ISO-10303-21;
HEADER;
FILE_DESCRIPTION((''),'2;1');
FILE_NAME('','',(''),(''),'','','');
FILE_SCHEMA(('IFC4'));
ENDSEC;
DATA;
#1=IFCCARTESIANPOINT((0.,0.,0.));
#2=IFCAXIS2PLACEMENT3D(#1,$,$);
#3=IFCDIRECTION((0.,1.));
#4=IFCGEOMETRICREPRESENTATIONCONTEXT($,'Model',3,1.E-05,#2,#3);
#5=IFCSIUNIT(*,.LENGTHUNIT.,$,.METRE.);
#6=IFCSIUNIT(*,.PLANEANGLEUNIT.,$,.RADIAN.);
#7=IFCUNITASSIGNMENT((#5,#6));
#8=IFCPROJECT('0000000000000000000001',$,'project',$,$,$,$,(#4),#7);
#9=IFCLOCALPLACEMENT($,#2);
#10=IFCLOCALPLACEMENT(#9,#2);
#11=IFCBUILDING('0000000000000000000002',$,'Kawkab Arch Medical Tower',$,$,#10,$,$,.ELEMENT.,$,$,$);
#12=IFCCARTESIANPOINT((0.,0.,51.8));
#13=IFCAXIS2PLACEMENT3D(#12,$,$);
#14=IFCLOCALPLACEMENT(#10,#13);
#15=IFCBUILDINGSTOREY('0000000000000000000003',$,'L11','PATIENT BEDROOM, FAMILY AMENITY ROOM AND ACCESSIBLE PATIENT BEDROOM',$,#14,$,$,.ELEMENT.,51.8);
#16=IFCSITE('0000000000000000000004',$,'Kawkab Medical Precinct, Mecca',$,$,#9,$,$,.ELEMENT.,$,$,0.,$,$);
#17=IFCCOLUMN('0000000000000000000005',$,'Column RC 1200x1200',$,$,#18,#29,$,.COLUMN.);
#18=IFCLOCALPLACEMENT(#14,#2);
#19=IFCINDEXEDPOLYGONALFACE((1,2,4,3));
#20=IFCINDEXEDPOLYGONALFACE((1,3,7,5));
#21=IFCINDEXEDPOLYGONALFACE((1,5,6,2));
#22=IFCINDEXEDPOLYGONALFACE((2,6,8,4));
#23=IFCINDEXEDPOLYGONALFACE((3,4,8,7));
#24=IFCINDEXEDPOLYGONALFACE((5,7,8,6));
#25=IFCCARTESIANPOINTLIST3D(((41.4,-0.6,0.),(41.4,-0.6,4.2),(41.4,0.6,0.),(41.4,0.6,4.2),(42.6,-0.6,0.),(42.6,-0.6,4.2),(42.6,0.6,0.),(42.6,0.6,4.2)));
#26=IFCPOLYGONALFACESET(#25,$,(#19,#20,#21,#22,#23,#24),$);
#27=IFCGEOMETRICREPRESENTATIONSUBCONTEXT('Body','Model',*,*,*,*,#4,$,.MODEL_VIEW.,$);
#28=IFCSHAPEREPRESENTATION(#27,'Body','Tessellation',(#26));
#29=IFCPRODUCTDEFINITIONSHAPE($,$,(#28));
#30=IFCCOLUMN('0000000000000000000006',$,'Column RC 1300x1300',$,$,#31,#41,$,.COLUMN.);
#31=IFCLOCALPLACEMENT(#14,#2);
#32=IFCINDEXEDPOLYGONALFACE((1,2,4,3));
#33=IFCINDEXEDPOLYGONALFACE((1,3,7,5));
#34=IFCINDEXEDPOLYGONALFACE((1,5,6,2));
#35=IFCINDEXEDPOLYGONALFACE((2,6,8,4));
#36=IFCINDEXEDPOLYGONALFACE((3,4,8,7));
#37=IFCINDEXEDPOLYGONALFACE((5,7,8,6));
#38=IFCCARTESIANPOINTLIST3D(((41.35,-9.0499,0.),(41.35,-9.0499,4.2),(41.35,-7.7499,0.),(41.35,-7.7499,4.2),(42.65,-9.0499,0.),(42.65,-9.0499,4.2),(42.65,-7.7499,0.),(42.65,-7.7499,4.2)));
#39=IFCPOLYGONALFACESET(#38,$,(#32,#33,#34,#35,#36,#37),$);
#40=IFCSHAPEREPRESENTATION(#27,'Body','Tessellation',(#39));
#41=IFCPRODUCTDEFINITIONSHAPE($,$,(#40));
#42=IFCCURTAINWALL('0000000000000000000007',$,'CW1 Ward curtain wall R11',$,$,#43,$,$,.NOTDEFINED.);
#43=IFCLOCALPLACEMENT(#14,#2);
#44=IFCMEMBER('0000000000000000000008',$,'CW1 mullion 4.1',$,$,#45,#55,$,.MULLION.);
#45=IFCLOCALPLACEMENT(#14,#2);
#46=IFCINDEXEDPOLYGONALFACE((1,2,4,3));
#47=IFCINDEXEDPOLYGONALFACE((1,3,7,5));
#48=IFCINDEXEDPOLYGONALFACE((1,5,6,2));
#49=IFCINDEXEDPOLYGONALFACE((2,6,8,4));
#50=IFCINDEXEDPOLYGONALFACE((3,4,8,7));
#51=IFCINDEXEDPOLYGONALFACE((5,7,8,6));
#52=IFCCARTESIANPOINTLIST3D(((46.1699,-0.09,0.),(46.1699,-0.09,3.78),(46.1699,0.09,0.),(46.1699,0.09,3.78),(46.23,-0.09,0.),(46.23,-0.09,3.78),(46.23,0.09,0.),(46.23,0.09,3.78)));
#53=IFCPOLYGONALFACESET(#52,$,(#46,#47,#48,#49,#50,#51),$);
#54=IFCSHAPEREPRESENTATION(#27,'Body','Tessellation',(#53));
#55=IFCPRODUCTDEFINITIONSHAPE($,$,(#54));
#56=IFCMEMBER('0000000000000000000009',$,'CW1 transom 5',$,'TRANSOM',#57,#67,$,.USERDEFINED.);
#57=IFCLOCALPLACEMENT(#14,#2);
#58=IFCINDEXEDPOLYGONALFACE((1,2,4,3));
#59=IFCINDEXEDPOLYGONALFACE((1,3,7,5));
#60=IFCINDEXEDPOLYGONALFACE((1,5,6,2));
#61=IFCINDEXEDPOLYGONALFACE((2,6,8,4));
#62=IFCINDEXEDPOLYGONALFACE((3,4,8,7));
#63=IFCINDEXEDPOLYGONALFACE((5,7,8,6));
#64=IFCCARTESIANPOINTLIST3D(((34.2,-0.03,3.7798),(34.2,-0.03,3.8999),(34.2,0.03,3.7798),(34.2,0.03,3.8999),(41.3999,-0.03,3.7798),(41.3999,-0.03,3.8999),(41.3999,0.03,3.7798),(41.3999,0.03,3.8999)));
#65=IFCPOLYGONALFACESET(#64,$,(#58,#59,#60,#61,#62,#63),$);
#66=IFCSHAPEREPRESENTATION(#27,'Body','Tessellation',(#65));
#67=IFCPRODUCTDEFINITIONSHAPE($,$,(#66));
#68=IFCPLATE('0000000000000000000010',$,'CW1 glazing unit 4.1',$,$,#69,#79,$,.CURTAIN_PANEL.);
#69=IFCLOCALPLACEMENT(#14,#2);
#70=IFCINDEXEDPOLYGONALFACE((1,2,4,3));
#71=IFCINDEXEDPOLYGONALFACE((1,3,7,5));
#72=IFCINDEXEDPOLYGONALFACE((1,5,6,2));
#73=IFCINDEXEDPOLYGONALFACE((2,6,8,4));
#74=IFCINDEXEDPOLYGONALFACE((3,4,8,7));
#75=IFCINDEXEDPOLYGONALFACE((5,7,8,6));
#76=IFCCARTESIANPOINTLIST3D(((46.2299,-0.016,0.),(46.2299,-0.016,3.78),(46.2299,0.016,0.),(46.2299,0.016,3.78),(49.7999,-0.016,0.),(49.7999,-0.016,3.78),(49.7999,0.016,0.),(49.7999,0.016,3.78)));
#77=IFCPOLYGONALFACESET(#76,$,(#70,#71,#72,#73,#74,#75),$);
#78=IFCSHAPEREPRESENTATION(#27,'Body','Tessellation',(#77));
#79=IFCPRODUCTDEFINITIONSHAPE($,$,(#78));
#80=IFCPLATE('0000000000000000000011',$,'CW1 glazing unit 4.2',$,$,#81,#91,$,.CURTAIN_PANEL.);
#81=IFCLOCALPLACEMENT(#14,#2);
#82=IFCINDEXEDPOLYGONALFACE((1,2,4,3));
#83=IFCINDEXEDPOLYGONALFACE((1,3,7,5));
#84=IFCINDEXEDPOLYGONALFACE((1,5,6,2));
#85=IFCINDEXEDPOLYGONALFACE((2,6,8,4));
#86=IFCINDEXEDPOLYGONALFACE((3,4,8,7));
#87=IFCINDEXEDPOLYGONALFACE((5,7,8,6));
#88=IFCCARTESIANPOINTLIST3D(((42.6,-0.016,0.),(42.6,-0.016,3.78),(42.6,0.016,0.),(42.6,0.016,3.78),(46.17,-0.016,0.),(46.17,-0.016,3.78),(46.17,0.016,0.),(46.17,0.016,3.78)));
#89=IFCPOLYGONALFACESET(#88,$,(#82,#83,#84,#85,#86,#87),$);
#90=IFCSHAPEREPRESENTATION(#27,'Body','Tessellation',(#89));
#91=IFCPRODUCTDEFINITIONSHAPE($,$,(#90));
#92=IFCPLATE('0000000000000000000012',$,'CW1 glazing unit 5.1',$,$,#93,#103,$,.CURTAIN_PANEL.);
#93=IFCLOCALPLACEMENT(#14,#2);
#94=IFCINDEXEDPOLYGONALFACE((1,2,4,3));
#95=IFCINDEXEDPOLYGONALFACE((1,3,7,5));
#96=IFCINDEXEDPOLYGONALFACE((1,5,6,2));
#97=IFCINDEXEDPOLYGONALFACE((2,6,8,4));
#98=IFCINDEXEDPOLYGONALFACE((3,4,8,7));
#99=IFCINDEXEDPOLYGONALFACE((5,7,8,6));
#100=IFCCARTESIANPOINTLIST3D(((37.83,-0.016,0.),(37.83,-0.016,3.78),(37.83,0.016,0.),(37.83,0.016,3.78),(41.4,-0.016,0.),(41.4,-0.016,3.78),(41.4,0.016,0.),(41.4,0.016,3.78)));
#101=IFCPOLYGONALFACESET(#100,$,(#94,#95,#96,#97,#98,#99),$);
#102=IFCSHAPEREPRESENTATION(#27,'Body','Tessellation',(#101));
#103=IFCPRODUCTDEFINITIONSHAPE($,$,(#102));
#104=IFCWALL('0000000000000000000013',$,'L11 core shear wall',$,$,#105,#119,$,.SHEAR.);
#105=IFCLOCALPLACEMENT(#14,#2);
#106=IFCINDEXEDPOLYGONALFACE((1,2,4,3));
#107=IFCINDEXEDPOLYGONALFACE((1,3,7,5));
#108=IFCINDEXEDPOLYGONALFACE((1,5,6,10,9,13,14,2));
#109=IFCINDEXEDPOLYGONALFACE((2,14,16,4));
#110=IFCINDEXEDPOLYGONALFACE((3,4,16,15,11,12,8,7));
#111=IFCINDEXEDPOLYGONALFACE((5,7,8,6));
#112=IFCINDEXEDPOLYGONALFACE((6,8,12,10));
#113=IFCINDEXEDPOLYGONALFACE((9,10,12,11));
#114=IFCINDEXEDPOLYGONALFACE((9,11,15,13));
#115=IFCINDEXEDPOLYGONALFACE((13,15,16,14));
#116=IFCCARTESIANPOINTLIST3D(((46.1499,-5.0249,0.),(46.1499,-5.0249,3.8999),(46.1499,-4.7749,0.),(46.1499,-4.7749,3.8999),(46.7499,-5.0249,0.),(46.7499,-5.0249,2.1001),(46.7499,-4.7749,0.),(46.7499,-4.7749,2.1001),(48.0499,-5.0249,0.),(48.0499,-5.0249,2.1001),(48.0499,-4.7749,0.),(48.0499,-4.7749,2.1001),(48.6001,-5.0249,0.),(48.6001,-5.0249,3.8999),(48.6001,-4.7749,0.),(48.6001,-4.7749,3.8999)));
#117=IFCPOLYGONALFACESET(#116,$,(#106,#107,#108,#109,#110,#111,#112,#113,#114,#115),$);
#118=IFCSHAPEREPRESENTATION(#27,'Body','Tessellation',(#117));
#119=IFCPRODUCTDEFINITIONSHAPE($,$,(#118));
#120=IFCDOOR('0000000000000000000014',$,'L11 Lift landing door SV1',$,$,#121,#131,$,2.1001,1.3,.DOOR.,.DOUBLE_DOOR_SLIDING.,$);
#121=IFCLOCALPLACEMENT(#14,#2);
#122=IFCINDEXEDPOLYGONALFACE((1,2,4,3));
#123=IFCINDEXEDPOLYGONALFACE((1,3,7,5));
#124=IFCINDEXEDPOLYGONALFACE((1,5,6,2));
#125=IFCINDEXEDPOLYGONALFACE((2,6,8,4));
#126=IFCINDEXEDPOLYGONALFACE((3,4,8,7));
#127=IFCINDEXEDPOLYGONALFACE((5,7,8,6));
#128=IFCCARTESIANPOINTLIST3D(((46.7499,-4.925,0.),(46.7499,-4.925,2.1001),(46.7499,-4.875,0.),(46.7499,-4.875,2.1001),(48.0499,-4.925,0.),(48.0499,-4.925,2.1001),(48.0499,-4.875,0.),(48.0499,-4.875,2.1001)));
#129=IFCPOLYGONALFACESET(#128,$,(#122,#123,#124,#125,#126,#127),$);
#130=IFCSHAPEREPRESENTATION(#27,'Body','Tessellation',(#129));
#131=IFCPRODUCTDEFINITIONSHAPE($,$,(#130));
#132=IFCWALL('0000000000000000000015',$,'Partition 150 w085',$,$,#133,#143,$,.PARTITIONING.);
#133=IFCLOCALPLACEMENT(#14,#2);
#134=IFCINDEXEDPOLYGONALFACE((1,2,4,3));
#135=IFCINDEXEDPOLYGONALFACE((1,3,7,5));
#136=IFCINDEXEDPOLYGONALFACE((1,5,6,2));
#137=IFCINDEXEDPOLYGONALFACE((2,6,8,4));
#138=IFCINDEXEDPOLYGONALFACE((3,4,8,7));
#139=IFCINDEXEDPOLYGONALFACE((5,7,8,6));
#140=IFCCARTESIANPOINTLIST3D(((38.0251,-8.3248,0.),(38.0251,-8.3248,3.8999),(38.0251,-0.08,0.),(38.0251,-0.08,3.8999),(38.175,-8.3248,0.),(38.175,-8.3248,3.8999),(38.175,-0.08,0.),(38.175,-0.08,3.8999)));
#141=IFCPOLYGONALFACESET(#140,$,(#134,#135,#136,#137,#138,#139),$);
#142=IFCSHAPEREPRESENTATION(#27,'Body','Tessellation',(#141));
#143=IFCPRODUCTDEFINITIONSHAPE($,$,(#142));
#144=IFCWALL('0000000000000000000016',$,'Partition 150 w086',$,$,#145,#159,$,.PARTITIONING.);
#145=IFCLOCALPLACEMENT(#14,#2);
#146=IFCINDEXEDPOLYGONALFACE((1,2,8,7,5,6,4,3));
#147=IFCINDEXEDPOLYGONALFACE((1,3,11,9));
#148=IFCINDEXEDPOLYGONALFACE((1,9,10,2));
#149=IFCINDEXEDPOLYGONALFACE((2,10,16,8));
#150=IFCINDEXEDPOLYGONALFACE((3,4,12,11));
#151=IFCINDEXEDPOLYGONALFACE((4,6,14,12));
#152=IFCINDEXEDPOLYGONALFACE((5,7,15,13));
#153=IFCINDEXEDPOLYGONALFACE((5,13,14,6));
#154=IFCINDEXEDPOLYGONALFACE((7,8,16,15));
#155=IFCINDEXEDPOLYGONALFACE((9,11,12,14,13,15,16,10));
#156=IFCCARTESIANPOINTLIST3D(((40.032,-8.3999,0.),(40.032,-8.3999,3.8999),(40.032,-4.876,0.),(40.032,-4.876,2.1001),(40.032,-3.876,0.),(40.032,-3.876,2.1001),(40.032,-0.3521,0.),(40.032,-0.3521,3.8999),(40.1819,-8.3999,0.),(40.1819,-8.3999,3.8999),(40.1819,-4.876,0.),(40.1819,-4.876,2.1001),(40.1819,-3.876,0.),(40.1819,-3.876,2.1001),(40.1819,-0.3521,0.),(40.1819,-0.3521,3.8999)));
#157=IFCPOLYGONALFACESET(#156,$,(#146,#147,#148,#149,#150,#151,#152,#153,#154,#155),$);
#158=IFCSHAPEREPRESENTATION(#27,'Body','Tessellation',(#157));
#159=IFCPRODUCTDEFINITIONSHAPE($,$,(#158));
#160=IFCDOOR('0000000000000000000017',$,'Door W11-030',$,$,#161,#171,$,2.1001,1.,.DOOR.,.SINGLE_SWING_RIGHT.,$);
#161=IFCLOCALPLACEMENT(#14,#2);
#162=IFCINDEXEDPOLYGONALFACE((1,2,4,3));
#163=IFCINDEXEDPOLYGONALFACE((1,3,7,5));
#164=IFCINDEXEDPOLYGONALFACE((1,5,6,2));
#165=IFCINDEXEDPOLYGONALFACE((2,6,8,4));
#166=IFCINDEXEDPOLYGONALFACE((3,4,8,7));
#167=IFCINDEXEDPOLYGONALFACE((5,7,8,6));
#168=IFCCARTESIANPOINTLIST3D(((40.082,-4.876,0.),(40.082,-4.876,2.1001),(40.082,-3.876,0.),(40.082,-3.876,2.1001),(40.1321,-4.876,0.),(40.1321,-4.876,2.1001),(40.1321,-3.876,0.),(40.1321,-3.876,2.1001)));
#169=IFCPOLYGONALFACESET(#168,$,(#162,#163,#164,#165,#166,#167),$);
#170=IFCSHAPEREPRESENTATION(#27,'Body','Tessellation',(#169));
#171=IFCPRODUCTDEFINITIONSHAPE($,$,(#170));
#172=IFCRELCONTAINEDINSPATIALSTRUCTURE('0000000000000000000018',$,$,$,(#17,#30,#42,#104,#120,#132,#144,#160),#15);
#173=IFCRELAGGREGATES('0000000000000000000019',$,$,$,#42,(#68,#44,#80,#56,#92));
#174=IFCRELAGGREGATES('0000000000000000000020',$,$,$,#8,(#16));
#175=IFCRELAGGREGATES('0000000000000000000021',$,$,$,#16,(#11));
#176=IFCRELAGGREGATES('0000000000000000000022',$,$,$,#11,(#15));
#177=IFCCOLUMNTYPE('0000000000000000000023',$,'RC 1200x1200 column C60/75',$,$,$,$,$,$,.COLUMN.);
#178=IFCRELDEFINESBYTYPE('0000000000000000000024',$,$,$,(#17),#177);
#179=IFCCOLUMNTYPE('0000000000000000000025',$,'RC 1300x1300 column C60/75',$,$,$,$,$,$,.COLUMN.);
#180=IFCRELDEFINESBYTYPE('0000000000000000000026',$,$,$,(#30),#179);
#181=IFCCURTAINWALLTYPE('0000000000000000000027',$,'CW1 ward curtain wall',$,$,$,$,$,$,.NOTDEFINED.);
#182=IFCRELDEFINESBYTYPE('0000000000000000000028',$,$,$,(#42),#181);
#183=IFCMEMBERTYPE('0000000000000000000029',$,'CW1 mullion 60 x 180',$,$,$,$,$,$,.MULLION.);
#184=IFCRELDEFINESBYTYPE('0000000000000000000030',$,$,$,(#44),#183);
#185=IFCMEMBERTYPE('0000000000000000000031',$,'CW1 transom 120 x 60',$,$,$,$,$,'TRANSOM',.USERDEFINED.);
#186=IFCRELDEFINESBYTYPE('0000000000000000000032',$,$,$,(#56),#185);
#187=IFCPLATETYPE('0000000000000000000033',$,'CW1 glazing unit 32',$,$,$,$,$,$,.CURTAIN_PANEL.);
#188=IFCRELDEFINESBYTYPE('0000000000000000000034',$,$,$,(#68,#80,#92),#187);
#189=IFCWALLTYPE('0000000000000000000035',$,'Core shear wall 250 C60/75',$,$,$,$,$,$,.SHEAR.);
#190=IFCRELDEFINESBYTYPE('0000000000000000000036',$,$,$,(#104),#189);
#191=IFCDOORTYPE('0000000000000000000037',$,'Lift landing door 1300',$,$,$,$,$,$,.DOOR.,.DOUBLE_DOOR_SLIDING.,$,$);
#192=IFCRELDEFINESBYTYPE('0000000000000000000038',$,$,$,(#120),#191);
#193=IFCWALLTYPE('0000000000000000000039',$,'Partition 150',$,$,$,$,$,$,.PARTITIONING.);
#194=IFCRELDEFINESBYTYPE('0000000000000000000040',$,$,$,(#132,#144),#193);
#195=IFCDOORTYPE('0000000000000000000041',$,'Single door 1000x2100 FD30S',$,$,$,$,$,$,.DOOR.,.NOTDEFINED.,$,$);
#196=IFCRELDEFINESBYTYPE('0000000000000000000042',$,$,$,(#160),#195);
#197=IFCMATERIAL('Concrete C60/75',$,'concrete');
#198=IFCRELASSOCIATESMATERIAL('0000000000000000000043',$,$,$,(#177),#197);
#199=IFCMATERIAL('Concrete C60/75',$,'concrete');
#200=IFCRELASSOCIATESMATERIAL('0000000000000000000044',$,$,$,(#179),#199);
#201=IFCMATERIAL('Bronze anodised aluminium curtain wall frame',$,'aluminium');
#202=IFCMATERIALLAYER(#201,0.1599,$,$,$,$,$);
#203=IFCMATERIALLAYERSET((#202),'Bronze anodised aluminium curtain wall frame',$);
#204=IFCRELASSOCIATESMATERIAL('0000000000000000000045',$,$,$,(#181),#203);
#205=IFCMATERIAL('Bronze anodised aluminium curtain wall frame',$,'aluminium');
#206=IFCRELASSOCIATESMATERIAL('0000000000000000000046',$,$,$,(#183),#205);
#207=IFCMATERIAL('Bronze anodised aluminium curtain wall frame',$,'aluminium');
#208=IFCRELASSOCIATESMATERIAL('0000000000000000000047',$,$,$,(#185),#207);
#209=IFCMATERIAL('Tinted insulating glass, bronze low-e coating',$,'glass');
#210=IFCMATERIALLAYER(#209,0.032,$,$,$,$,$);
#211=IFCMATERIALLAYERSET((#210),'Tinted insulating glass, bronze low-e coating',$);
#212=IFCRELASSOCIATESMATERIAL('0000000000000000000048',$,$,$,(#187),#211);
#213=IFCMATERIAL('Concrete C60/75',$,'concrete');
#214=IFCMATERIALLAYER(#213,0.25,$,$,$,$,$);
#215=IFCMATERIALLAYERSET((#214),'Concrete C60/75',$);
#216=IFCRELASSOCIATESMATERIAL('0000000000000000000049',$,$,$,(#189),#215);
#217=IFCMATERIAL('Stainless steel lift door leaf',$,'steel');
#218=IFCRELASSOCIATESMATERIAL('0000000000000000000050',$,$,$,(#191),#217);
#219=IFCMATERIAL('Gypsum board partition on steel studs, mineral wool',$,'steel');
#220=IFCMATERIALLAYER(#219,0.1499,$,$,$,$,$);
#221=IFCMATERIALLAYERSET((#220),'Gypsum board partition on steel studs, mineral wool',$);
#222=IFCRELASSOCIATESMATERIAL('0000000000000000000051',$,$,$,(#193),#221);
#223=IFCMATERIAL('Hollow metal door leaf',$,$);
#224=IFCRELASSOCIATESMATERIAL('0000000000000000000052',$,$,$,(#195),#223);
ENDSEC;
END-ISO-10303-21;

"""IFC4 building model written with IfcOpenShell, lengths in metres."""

from ifc_helpers import new_model, si_unit, direction, frame, frame_2d, origin, origin_2d, place, context, subcontext, project, spatial, rectangle, extrude, material, layer, layer_set, material_profile, profile_set, type_object, element, fill, aggregate, save


model = new_model("IFC4")

# Units and contexts
model_context = context("Model", 3, precision=1e-05, world=origin(), true_north=direction((0.0, 1.0)))
body_context = subcontext(model_context, "Body", "Model", "MODEL_VIEW")
ifc_project = project(units=[si_unit("LENGTHUNIT", "METRE"), si_unit("PLANEANGLEUNIT", "RADIAN")], contexts=[model_context])

# Site, building, storey
site_placement = place(None, origin())
site = spatial("IfcSite", under=ifc_project, at=site_placement, Name="Kawkab Medical Precinct, Mecca", CompositionType="ELEMENT", RefElevation=0.0)
building_placement = place(site_placement, origin())
building = spatial("IfcBuilding", under=site, at=building_placement, Name="Kawkab Arch Medical Tower", CompositionType="ELEMENT")
storey_placement = place(building_placement, frame((0.0, 0.0, 51.8)))
storey = spatial("IfcBuildingStorey", under=building, at=storey_placement, Name="L11", Description="PATIENT BEDROOM, FAMILY AMENITY ROOM AND ACCESSIBLE PATIENT BEDROOM", CompositionType="ELEMENT", Elevation=51.8)

# Columns
ifc_material_1 = material(Name="Concrete C60/75", Category="concrete")
ifc_material_profile_1 = material_profile(ifc_material_1, rectangle(XDim=1.2, YDim=1.2, at=origin_2d()), Name="RC 1200x1200")
ifc_profile_set_1 = profile_set([ifc_material_profile_1], Name="Concrete C60/75")
column_type_1 = type_object("IfcColumnType", Name="RC 1200x1200 column C60/75", PredefinedType="COLUMN", material=ifc_profile_set_1)
column_1_placement = place(storey_placement, frame((42.0, 0.0, 0.0), z_axis=(0.0, 0.0, 1.0), x_axis=(1.0, 0.0, 0.0)))
element("IfcColumn", 1, at=column_1_placement, inside=storey, type_object=column_type_1, Name="Column RC 1200x1200", PredefinedType="COLUMN", context=body_context, shape_type="SweptSolid", body=[
    extrude(rectangle(XDim=1.2, YDim=1.2, at=origin_2d()), origin(), (0.0, 0.0, 1.0), 4.2),
])
ifc_material_2 = material(Name="Concrete C60/75", Category="concrete")
ifc_material_profile_2 = material_profile(ifc_material_2, rectangle(XDim=1.3, YDim=1.3, at=origin_2d()), Name="RC 1300x1300")
ifc_profile_set_2 = profile_set([ifc_material_profile_2], Name="Concrete C60/75")
column_type_2 = type_object("IfcColumnType", Name="RC 1300x1300 column C60/75", PredefinedType="COLUMN", material=ifc_profile_set_2)
column_2_placement = place(storey_placement, frame((42.0, -8.3999, 0.0), z_axis=(0.0, 0.0, 1.0), x_axis=(1.0, 0.0, 0.0)))
element("IfcColumn", 2, at=column_2_placement, inside=storey, type_object=column_type_2, Name="Column RC 1300x1300", PredefinedType="COLUMN", context=body_context, shape_type="SweptSolid", body=[
    extrude(rectangle(XDim=1.3, YDim=1.3, at=origin_2d()), origin(), (0.0, 0.0, 1.0), 4.2),
])

# Curtain wall, members, plates
ifc_material_3 = material(Name="Bronze anodised aluminium curtain wall frame", Category="aluminium")
ifc_layer_1 = layer(ifc_material_3, 0.1599)
ifc_layer_set_1 = layer_set([ifc_layer_1], Name="Bronze anodised aluminium curtain wall frame")
curtain_wall_type = type_object("IfcCurtainWallType", Name="CW1 ward curtain wall", PredefinedType="NOTDEFINED", material=ifc_layer_set_1)
placement = place(storey_placement, origin())
curtain_wall = element("IfcCurtainWall", 3, at=placement, inside=storey, type_object=curtain_wall_type, Name="CW1 Ward curtain wall R11", PredefinedType="NOTDEFINED")
ifc_material_4 = material(Name="Bronze anodised aluminium curtain wall frame", Category="aluminium")
ifc_material_profile_3 = material_profile(ifc_material_4, rectangle(XDim=0.1799, YDim=0.0601, at=origin_2d()), Name="AL 60x180")
ifc_profile_set_3 = profile_set([ifc_material_profile_3], Name="Bronze anodised aluminium curtain wall frame")
member_type_1 = type_object("IfcMemberType", Name="CW1 mullion 60 x 180", PredefinedType="MULLION", material=ifc_profile_set_3)
member_1_placement = place(storey_placement, frame((46.2, 0.0, 0.0), z_axis=(0.0, 0.0, 1.0), x_axis=(0.0, -1.0, 0.0)))
member_1 = element("IfcMember", 4, at=member_1_placement, type_object=member_type_1, Name="CW1 mullion 4.1", PredefinedType="MULLION", context=body_context, shape_type="SweptSolid", body=[
    extrude(rectangle(XDim=0.1799, YDim=0.0601, at=origin_2d()), origin(), (0.0, 0.0, 1.0), 3.78),
])
ifc_material_5 = material(Name="Bronze anodised aluminium curtain wall frame", Category="aluminium")
ifc_material_profile_4 = material_profile(ifc_material_5, rectangle(XDim=0.0601, YDim=0.1201, at=origin_2d()), Name="AL 60x120")
ifc_profile_set_4 = profile_set([ifc_material_profile_4], Name="Bronze anodised aluminium curtain wall frame")
member_type_2 = type_object("IfcMemberType", Name="CW1 transom 120 x 60", ElementType="TRANSOM", PredefinedType="USERDEFINED", material=ifc_profile_set_4)
member_2_placement = place(storey_placement, frame((41.3999, 0.0, 3.8398), z_axis=(-1.0, 0.0, 0.0), x_axis=(0.0, -1.0, 0.0)))
member_2 = element("IfcMember", 5, at=member_2_placement, type_object=member_type_2, Name="CW1 transom 5", ObjectType="TRANSOM", PredefinedType="USERDEFINED", context=body_context, shape_type="SweptSolid", body=[
    extrude(rectangle(XDim=0.0601, YDim=0.1201, at=origin_2d()), origin(), (0.0, 0.0, 1.0), 7.2),
])
ifc_material_6 = material(Name="Tinted insulating glass, bronze low-e coating", Category="glass")
ifc_layer_2 = layer(ifc_material_6, 0.032)
ifc_layer_set_2 = layer_set([ifc_layer_2], Name="Tinted insulating glass, bronze low-e coating")
plate_type = type_object("IfcPlateType", Name="CW1 glazing unit 32", PredefinedType="CURTAIN_PANEL", material=ifc_layer_set_2)
plate_1_placement = place(storey_placement, frame((48.0149, 0.0, 0.0), z_axis=(0.0, 0.0, 1.0), x_axis=(-1.0, 0.0, 0.0)))
plate_1 = element("IfcPlate", 6, at=plate_1_placement, type_object=plate_type, Name="CW1 glazing unit 4.1", PredefinedType="CURTAIN_PANEL", context=body_context, shape_type="SweptSolid", body=[
    extrude(rectangle(XDim=3.5701, YDim=0.032, at=origin_2d()), origin(), (0.0, 0.0, 1.0), 3.78),
])
plate_2_placement = place(storey_placement, frame((44.385, 0.0, 0.0), z_axis=(0.0, 0.0, 1.0), x_axis=(-1.0, 0.0, 0.0)))
plate_2 = element("IfcPlate", 7, at=plate_2_placement, type_object=plate_type, Name="CW1 glazing unit 4.2", PredefinedType="CURTAIN_PANEL", context=body_context, shape_type="SweptSolid", body=[
    extrude(rectangle(XDim=3.5701, YDim=0.032, at=origin_2d()), origin(), (0.0, 0.0, 1.0), 3.78),
])
plate_3_placement = place(storey_placement, frame((39.615, 0.0, 0.0), z_axis=(0.0, 0.0, 1.0), x_axis=(-1.0, 0.0, 0.0)))
plate_3 = element("IfcPlate", 8, at=plate_3_placement, type_object=plate_type, Name="CW1 glazing unit 5.1", PredefinedType="CURTAIN_PANEL", context=body_context, shape_type="SweptSolid", body=[
    extrude(rectangle(XDim=3.5701, YDim=0.032, at=origin_2d()), origin(), (0.0, 0.0, 1.0), 3.78),
])
aggregate(curtain_wall, [plate_1, member_1, plate_2, member_2, plate_3])

# Wall, opening, door
ifc_material_7 = material(Name="Concrete C60/75", Category="concrete")
ifc_layer_3 = layer(ifc_material_7, 0.25)
ifc_layer_set_3 = layer_set([ifc_layer_3], Name="Concrete C60/75")
wall_type_1 = type_object("IfcWallType", Name="Core shear wall 250 C60/75", PredefinedType="SHEAR", material=ifc_layer_set_3)
wall_1_placement = place(storey_placement, frame((46.1499, -4.8999, 0.0), z_axis=(0.0, 0.0, 1.0), x_axis=(1.0, 0.0, 0.0)))
wall_1 = element("IfcWall", 9, at=wall_1_placement, inside=storey, type_object=wall_type_1, Name="L11 core shear wall", PredefinedType="SHEAR", context=body_context, shape_type="SweptSolid", body=[
    extrude(rectangle(XDim=2.4502, YDim=0.25, at=frame_2d((1.2251, 0.0))), origin(), (0.0, 0.0, 1.0), 3.8999),
])
opening_1_placement = place(wall_1_placement, frame((0.6001, 0.0, 0.0)))
opening_1 = element("IfcOpeningElement", 10, at=opening_1_placement, cuts=wall_1, PredefinedType="OPENING", context=body_context, shape_type="SweptSolid", body=[
    extrude(rectangle(XDim=1.3, YDim=2.1001, at=frame_2d((0.6499, 1.05))), frame((0.0, 0.135, 0.0), z_axis=(0.0, -1.0, 0.0), x_axis=(1.0, 0.0, 0.0)), (0.0, 0.0, 1.0), 0.27),
])
ifc_material_8 = material(Name="Stainless steel lift door leaf", Category="steel")
door_type_1 = type_object("IfcDoorType", Name="Lift landing door 1300", OperationType="DOUBLE_DOOR_SLIDING", PredefinedType="DOOR", material=ifc_material_8)
door_1_placement = place(opening_1_placement, origin())
door_1 = element("IfcDoor", 11, at=door_1_placement, inside=storey, type_object=door_type_1, Name="L11 Lift landing door SV1", OperationType="DOUBLE_DOOR_SLIDING", OverallHeight=2.1001, OverallWidth=1.3, PredefinedType="DOOR", context=body_context, shape_type="SweptSolid", body=[
    extrude(rectangle(XDim=1.3, YDim=2.1001, at=frame_2d((0.6499, 1.05))), frame((0.0, 0.0249, 0.0), z_axis=(0.0, -1.0, 0.0), x_axis=(1.0, 0.0, 0.0)), (0.0, 0.0, 1.0), 0.05),
])
fill(opening_1, door_1)

# Wall
ifc_material_9 = material(Name="Gypsum board partition on steel studs, mineral wool", Category="steel")
ifc_layer_4 = layer(ifc_material_9, 0.1499)
ifc_layer_set_4 = layer_set([ifc_layer_4], Name="Gypsum board partition on steel studs, mineral wool")
wall_type_2 = type_object("IfcWallType", Name="Partition 150", PredefinedType="PARTITIONING", material=ifc_layer_set_4)
wall_2_placement = place(storey_placement, frame((38.1001, -8.325, 0.0), z_axis=(0.0, 0.0, 1.0), x_axis=(0.0, 1.0, 0.0)))
element("IfcWall", 12, at=wall_2_placement, inside=storey, type_object=wall_type_2, Name="Partition 150 w085", PredefinedType="PARTITIONING", context=body_context, shape_type="SweptSolid", body=[
    extrude(rectangle(XDim=8.2449, YDim=0.1499, at=frame_2d((4.1226, 0.0))), origin(), (0.0, 0.0, 1.0), 3.8999),
])

# Wall, opening, door
wall_3_placement = place(storey_placement, frame((40.1069, -8.3999, 0.0), z_axis=(0.0, 0.0, 1.0), x_axis=(0.0, 1.0, 0.0)))
wall_3 = element("IfcWall", 13, at=wall_3_placement, inside=storey, type_object=wall_type_2, Name="Partition 150 w086", PredefinedType="PARTITIONING", context=body_context, shape_type="SweptSolid", body=[
    extrude(rectangle(XDim=8.0479, YDim=0.1499, at=frame_2d((4.0239, 0.0))), origin(), (0.0, 0.0, 1.0), 3.8999),
])
opening_2_placement = place(wall_3_placement, frame((3.5239, 0.0, 0.0)))
opening_2 = element("IfcOpeningElement", 14, at=opening_2_placement, cuts=wall_3, PredefinedType="OPENING", context=body_context, shape_type="SweptSolid", body=[
    extrude(rectangle(XDim=1.0, YDim=2.1001, at=frame_2d((0.5, 1.05))), frame((0.0, 0.085, 0.0), z_axis=(0.0, -1.0, 0.0), x_axis=(1.0, 0.0, 0.0)), (0.0, 0.0, 1.0), 0.1699),
])
ifc_material_10 = material(Name="Hollow metal door leaf")
door_type_2 = type_object("IfcDoorType", Name="Single door 1000x2100 FD30S", OperationType="NOTDEFINED", PredefinedType="DOOR", material=ifc_material_10)
door_2_placement = place(opening_2_placement, origin())
door_2 = element("IfcDoor", 15, at=door_2_placement, inside=storey, type_object=door_type_2, Name="Door W11-030", OperationType="SINGLE_SWING_RIGHT", OverallHeight=2.1001, OverallWidth=1.0, PredefinedType="DOOR", context=body_context, shape_type="SweptSolid", body=[
    extrude(rectangle(XDim=1.0, YDim=2.1001, at=frame_2d((0.5, 1.05))), frame((0.0, 0.0249, 0.0), z_axis=(0.0, -1.0, 0.0), x_axis=(1.0, 0.0, 0.0)), (0.0, 0.0, 1.0), 0.05),
])
fill(opening_2, door_2)

save(model, "model.ifc")
